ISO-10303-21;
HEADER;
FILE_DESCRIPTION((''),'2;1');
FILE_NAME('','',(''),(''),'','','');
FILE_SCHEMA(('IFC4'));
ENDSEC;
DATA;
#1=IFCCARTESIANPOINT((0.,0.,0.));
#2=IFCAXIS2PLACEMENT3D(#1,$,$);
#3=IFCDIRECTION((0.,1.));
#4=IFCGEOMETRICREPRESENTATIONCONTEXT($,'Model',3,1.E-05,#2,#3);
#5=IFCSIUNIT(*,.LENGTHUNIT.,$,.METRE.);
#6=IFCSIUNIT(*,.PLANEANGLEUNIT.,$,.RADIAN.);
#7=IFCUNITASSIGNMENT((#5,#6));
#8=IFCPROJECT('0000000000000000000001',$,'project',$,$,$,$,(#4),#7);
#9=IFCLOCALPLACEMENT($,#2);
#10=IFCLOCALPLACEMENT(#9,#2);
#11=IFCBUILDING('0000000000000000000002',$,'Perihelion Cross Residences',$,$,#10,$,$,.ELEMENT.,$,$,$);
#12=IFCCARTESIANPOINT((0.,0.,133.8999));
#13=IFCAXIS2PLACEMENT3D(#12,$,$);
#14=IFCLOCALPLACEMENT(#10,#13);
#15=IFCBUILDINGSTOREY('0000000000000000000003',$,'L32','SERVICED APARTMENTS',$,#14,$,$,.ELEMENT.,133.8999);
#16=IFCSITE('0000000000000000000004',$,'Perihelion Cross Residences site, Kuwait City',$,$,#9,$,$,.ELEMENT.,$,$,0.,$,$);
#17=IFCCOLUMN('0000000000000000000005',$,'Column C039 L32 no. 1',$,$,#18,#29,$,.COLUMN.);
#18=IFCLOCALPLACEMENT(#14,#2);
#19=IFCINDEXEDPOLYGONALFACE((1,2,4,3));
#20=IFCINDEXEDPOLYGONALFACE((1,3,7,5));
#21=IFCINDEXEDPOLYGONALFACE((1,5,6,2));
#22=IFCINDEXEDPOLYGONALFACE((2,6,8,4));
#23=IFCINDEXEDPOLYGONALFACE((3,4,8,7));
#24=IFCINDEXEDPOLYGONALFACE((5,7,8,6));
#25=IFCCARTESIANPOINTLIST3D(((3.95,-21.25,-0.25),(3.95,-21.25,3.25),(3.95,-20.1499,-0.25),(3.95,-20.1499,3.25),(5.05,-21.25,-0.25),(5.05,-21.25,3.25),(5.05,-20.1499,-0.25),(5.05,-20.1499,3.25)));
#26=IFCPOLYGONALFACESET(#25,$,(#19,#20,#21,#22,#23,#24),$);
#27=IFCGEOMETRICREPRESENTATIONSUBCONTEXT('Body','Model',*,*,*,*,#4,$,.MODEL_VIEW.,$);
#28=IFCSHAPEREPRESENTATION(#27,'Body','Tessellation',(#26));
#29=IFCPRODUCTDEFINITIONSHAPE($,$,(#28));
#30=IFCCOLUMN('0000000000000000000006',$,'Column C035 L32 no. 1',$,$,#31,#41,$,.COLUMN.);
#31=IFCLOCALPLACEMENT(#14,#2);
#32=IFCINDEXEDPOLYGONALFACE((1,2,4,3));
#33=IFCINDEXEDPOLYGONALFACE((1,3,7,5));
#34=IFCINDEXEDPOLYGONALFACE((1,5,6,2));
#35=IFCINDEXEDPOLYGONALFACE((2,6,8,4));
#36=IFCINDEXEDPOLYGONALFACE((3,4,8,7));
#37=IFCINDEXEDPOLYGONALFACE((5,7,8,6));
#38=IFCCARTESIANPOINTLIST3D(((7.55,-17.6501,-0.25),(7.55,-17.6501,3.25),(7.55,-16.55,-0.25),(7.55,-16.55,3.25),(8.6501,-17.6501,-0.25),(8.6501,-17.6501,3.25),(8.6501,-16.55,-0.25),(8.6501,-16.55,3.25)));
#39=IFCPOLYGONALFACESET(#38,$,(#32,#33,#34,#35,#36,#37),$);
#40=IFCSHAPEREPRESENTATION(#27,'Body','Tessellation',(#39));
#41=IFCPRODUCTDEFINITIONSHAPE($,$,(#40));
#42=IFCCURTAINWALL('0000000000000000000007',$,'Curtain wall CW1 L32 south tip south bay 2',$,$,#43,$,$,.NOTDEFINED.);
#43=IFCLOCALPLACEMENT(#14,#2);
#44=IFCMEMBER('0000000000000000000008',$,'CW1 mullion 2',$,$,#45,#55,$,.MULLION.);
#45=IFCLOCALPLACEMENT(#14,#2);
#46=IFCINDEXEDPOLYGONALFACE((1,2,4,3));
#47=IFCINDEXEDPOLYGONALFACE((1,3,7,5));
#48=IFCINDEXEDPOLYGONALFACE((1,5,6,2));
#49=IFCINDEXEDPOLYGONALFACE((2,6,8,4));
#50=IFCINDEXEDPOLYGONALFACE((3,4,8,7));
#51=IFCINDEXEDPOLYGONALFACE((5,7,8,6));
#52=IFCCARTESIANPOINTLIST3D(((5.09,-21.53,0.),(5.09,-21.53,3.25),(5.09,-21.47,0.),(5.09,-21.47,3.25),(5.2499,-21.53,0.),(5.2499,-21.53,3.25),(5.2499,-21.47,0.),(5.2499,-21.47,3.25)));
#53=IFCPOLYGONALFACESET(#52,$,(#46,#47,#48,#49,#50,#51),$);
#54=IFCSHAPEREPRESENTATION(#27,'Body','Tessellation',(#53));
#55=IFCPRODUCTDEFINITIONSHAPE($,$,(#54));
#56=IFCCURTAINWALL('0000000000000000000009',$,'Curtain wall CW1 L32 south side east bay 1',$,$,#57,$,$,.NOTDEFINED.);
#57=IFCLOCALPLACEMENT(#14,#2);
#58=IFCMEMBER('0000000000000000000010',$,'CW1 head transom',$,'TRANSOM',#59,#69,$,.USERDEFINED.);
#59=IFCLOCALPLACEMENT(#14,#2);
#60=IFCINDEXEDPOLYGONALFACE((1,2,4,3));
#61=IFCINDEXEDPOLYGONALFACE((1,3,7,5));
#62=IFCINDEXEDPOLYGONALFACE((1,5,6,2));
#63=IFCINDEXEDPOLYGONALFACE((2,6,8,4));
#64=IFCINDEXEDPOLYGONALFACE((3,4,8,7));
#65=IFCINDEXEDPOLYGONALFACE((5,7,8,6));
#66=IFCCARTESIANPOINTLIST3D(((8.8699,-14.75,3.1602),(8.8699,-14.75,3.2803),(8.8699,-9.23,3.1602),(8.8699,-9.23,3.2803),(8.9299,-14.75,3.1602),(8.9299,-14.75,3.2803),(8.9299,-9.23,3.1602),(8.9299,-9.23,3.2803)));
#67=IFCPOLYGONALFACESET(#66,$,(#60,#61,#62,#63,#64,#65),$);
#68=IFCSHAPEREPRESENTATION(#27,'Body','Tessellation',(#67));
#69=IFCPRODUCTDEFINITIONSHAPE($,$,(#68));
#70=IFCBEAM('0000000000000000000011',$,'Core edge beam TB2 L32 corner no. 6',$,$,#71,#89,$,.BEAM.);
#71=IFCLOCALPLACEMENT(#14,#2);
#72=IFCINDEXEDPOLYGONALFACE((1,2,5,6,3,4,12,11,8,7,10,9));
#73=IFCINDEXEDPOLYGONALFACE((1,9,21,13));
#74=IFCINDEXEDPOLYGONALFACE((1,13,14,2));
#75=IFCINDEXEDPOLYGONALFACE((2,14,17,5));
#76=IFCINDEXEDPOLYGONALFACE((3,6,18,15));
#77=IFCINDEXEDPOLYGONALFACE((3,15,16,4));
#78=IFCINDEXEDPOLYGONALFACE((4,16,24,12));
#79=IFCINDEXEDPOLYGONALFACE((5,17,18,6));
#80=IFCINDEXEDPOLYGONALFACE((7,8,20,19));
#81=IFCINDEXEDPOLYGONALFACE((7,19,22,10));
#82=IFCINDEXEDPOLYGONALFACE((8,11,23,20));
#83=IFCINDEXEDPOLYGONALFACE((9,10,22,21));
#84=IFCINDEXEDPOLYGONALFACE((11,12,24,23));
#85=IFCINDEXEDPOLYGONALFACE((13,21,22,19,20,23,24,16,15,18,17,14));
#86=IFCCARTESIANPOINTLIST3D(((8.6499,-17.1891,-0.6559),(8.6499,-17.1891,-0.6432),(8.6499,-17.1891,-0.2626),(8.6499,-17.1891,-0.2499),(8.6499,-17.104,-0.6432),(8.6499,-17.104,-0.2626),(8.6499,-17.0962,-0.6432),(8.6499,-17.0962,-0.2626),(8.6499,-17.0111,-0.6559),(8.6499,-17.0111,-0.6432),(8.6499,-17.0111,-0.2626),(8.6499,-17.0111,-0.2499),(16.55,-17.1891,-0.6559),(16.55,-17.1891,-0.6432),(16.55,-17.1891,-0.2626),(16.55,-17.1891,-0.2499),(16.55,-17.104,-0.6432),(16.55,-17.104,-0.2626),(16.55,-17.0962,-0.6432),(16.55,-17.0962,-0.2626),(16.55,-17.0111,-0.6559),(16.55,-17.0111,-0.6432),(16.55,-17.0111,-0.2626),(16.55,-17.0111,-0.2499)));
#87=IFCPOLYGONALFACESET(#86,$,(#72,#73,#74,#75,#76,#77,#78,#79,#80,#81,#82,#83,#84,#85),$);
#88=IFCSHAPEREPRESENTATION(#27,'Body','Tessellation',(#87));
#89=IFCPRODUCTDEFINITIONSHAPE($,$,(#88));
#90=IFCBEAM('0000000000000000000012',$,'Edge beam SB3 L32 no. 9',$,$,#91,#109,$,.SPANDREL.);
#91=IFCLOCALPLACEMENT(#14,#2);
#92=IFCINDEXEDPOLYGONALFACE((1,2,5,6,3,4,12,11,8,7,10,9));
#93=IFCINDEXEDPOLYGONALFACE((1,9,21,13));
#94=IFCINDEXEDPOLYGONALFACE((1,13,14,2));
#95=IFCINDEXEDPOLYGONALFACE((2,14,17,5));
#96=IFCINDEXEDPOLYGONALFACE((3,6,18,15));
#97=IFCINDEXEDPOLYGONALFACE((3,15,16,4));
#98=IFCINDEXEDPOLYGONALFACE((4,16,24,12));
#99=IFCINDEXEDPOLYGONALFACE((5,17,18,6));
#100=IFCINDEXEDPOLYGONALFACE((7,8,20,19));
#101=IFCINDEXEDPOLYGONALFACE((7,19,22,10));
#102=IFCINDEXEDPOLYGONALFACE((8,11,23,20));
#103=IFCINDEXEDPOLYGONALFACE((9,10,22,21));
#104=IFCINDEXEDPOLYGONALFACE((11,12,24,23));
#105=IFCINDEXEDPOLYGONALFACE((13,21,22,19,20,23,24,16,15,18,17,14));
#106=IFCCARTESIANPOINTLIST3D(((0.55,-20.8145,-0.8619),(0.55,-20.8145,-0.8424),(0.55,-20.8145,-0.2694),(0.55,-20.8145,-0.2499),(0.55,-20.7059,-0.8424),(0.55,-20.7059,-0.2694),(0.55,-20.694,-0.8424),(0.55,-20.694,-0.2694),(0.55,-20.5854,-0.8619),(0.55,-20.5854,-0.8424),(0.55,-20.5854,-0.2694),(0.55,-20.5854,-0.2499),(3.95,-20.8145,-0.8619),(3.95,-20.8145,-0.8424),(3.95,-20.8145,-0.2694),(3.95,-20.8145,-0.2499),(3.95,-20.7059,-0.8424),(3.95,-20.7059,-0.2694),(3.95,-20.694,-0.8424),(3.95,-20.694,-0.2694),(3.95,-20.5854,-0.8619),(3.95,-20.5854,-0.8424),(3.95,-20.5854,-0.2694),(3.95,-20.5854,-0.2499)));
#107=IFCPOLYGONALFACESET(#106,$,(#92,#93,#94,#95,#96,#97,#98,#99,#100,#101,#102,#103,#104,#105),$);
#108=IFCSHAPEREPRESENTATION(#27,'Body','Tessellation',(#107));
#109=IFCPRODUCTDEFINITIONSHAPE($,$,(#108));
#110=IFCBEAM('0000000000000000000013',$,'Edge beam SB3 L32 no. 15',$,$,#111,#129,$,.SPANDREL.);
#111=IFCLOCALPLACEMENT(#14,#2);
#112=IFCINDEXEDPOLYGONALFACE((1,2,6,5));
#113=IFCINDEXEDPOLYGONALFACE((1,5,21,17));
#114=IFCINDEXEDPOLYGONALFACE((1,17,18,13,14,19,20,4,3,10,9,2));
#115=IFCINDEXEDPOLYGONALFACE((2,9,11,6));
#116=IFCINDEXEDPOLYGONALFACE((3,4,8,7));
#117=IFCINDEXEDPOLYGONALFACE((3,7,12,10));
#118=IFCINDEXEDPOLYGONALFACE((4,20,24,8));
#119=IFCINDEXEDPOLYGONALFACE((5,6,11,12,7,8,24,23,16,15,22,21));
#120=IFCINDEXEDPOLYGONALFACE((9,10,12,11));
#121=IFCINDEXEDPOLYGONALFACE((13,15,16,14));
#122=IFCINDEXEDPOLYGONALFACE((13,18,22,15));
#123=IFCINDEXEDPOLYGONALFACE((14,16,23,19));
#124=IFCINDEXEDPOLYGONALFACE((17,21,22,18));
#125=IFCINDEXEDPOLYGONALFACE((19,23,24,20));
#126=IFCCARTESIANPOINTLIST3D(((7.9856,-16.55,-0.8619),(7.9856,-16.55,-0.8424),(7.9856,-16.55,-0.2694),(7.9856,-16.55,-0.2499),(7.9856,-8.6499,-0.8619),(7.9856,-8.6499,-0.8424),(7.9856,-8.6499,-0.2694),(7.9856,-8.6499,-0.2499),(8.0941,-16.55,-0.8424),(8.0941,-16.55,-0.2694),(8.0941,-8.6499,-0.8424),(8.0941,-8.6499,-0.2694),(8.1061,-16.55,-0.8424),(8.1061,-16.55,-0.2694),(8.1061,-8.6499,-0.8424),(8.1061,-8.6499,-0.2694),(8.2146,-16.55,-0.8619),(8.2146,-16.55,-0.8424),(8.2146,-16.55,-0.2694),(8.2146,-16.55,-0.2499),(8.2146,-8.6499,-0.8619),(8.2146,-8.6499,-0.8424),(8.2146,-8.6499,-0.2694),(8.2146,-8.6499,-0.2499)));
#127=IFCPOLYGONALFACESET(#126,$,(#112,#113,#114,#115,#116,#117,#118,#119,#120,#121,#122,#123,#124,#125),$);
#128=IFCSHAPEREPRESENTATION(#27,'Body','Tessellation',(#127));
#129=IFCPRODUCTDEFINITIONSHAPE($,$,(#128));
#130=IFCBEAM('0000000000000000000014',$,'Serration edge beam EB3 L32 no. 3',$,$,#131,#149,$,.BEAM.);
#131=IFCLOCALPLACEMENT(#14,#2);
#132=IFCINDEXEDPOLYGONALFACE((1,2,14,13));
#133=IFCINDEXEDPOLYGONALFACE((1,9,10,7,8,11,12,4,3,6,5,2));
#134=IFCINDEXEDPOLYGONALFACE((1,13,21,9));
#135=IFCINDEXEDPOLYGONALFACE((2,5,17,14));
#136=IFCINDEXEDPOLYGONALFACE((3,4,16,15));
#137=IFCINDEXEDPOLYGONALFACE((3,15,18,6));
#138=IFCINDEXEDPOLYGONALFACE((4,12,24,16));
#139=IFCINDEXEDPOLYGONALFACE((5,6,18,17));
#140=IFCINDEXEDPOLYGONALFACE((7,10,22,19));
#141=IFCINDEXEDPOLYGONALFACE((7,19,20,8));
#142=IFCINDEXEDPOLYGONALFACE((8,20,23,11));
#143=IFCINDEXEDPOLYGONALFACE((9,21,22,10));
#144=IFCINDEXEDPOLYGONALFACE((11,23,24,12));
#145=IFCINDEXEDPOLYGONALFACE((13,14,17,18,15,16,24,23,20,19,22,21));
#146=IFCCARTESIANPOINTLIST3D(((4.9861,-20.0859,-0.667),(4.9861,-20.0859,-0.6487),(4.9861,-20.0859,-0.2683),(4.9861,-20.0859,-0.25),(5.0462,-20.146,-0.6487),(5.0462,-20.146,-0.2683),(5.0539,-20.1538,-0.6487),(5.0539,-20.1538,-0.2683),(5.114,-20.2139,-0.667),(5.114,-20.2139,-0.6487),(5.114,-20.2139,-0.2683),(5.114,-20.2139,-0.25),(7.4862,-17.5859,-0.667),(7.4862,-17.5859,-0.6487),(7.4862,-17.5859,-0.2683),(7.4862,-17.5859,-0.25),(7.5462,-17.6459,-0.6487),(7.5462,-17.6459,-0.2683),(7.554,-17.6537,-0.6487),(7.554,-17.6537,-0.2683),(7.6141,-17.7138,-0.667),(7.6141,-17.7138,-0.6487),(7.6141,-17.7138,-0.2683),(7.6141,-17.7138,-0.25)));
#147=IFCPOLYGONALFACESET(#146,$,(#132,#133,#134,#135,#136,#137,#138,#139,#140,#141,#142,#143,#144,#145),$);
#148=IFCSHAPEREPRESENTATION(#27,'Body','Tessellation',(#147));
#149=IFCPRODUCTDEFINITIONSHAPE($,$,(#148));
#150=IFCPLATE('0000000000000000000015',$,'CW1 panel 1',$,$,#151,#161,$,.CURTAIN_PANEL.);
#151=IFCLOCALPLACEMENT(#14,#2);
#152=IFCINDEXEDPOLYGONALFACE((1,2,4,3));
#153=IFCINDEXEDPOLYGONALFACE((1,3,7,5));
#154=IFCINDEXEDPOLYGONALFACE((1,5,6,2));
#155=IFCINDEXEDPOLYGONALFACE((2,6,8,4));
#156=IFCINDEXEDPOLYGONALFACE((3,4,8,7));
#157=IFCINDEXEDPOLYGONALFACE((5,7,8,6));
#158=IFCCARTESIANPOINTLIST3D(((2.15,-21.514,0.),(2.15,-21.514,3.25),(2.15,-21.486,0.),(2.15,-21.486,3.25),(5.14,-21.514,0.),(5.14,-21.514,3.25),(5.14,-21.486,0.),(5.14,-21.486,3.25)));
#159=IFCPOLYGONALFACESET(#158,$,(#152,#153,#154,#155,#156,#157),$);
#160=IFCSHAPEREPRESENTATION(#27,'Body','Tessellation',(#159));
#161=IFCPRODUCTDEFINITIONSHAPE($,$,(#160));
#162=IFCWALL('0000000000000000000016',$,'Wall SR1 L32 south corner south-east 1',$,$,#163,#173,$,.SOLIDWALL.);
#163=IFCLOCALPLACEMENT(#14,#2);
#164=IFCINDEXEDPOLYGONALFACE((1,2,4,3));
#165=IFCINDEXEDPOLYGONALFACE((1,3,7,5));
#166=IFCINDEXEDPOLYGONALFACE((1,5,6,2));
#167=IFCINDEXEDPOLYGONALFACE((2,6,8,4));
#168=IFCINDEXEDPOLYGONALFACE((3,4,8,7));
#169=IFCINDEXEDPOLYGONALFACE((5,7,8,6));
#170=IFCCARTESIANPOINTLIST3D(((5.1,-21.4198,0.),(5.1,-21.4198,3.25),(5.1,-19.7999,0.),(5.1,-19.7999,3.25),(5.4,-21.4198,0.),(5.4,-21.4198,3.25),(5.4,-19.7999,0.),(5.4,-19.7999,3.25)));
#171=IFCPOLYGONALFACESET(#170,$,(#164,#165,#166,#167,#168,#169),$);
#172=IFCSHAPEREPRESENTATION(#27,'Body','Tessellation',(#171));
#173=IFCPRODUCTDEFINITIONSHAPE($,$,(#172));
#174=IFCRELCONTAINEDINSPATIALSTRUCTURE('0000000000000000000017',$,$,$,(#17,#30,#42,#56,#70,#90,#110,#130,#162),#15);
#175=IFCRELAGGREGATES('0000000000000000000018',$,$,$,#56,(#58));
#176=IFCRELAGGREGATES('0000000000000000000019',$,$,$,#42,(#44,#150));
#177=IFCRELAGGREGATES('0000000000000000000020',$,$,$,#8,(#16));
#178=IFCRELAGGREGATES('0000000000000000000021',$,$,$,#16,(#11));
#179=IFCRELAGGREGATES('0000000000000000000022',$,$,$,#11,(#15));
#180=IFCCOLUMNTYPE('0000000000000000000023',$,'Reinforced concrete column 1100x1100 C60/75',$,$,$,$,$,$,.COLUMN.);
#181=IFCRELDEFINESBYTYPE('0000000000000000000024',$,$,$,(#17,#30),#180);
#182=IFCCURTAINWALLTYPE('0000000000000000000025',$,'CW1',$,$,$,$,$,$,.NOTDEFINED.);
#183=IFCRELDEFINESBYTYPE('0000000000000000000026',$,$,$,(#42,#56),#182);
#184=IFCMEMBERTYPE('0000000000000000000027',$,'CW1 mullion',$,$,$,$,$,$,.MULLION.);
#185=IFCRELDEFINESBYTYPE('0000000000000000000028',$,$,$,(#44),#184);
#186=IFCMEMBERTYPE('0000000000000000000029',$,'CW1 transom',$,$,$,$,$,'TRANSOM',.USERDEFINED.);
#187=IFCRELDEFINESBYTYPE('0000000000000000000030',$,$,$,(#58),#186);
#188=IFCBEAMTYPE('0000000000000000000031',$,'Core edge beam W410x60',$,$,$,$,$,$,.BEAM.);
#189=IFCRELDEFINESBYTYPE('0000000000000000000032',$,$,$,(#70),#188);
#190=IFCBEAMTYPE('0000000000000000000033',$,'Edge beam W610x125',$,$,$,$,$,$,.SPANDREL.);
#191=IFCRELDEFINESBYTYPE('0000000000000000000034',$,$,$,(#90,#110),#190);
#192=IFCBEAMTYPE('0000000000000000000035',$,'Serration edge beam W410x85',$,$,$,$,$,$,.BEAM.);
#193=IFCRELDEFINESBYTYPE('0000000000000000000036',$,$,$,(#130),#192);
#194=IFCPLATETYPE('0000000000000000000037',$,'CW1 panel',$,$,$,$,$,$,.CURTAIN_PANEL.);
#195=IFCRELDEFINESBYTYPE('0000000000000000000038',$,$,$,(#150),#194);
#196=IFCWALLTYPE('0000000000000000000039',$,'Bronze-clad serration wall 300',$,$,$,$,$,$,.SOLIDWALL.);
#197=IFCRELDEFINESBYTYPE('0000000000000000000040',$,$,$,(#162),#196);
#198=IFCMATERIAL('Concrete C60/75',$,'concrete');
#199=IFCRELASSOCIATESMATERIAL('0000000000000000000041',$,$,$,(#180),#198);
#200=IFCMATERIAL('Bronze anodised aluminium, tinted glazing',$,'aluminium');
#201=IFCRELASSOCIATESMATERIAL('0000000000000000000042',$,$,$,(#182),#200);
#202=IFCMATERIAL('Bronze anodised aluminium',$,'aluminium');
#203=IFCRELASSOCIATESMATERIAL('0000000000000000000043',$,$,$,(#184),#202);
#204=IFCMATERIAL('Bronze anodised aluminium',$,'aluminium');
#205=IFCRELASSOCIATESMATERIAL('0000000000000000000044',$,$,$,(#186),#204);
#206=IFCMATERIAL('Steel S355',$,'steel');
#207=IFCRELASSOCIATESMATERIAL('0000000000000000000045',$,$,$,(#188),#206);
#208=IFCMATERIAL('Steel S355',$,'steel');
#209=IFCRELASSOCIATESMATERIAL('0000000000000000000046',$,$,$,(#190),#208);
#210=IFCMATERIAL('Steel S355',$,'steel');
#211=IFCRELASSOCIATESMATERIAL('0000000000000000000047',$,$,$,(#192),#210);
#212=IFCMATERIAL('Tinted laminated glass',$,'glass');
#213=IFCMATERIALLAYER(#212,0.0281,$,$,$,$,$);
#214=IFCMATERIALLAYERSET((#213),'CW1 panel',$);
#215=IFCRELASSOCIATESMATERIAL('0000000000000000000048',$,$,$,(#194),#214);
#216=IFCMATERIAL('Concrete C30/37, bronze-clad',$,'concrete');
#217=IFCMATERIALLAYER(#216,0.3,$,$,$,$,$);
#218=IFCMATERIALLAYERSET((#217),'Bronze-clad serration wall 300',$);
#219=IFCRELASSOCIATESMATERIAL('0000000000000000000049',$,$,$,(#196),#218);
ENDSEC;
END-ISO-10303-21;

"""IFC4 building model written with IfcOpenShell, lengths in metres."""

from ifc_helpers import new_model, si_unit, direction, frame, frame_2d, origin, origin_2d, place, context, subcontext, project, spatial, rectangle, i_section, extrude, material, layer, layer_set, material_profile, profile_set, type_object, element, aggregate, save


model = new_model("IFC4")

# Units and contexts
model_context = context("Model", 3, precision=1e-05, world=origin(), true_north=direction((0.0, 1.0)))
body_context = subcontext(model_context, "Body", "Model", "MODEL_VIEW")
ifc_project = project(units=[si_unit("LENGTHUNIT", "METRE"), si_unit("PLANEANGLEUNIT", "RADIAN")], contexts=[model_context])

# Site, building, storey
site_placement = place(None, origin())
site = spatial("IfcSite", under=ifc_project, at=site_placement, Name="Perihelion Cross Residences site, Kuwait City", CompositionType="ELEMENT", RefElevation=0.0)
building_placement = place(site_placement, origin())
building = spatial("IfcBuilding", under=site, at=building_placement, Name="Perihelion Cross Residences", CompositionType="ELEMENT")
storey_placement = place(building_placement, frame((0.0, 0.0, 133.8999)))
storey = spatial("IfcBuildingStorey", under=building, at=storey_placement, Name="L32", Description="SERVICED APARTMENTS", CompositionType="ELEMENT", Elevation=133.8999)

# Columns
ifc_material_1 = material(Name="Concrete C60/75", Category="concrete")
ifc_material_profile_1 = material_profile(ifc_material_1, rectangle(XDim=1.1001, YDim=1.1001, at=origin_2d()), Name="RC 1100x1100")
ifc_profile_set_1 = profile_set([ifc_material_profile_1], Name="Concrete C60/75")
column_type = type_object("IfcColumnType", Name="Reinforced concrete column 1100x1100 C60/75", PredefinedType="COLUMN", material=ifc_profile_set_1)
for number, where, z_axis, x_axis, name in (
    (1, (4.5, -20.7, -0.25), (0.0, 0.0, 1.0), (1.0, 0.0, 0.0), "Column C039 L32 no. 1"),
    (2, (8.1001, -17.1001, -0.25), (0.0, 0.0, 1.0), (1.0, 0.0, 0.0), "Column C035 L32 no. 1"),
):
    element("IfcColumn", number, at=place(storey_placement, frame(where, z_axis=z_axis, x_axis=x_axis)), inside=storey, type_object=column_type, Name=name, PredefinedType="COLUMN", context=body_context, shape_type="SweptSolid", body=[
        extrude(rectangle(XDim=1.1001, YDim=1.1001, at=origin_2d()), origin(), (0.0, 0.0, 1.0), 3.5),
    ])

# Curtain walls, members
ifc_material_2 = material(Name="Bronze anodised aluminium, tinted glazing", Category="aluminium")
curtain_wall_type = type_object("IfcCurtainWallType", Name="CW1", PredefinedType="NOTDEFINED", material=ifc_material_2)
curtain_wall_1_placement = place(storey_placement, origin())
curtain_wall_1 = element("IfcCurtainWall", 3, at=curtain_wall_1_placement, inside=storey, type_object=curtain_wall_type, Name="Curtain wall CW1 L32 south tip south bay 2", PredefinedType="NOTDEFINED")
ifc_material_3 = material(Name="Bronze anodised aluminium", Category="aluminium")
ifc_material_profile_2 = material_profile(ifc_material_3, rectangle(XDim=0.0601, YDim=0.1599, at=origin_2d()), Name="CW1 mullion")
ifc_profile_set_2 = profile_set([ifc_material_profile_2], Name="Bronze anodised aluminium")
member_type_1 = type_object("IfcMemberType", Name="CW1 mullion", PredefinedType="MULLION", material=ifc_profile_set_2)
member_1_placement = place(storey_placement, frame((5.1699, -21.5, 0.0), z_axis=(0.0, 0.0, 1.0), x_axis=(0.0, 1.0, 0.0)))
member_1 = element("IfcMember", 4, at=member_1_placement, type_object=member_type_1, Name="CW1 mullion 2", PredefinedType="MULLION", context=body_context, shape_type="SweptSolid", body=[
    extrude(rectangle(XDim=0.0601, YDim=0.1599, at=origin_2d()), origin(), (0.0, 0.0, 1.0), 3.25),
])
curtain_wall_2_placement = place(storey_placement, origin())
curtain_wall_2 = element("IfcCurtainWall", 5, at=curtain_wall_2_placement, inside=storey, type_object=curtain_wall_type, Name="Curtain wall CW1 L32 south side east bay 1", PredefinedType="NOTDEFINED")
ifc_material_4 = material(Name="Bronze anodised aluminium", Category="aluminium")
ifc_material_profile_3 = material_profile(ifc_material_4, rectangle(XDim=0.0601, YDim=0.1201, at=origin_2d()), Name="CW1 transom")
ifc_profile_set_3 = profile_set([ifc_material_profile_3], Name="Bronze anodised aluminium")
member_type_2 = type_object("IfcMemberType", Name="CW1 transom", ElementType="TRANSOM", PredefinedType="USERDEFINED", material=ifc_profile_set_3)
member_2_placement = place(storey_placement, frame((8.8999, -14.75, 3.2202), z_axis=(0.0, 1.0, 0.0), x_axis=(-1.0, 0.0, 0.0)))
member_2 = element("IfcMember", 6, at=member_2_placement, type_object=member_type_2, Name="CW1 head transom", ObjectType="TRANSOM", PredefinedType="USERDEFINED", context=body_context, shape_type="SweptSolid", body=[
    extrude(rectangle(XDim=0.0601, YDim=0.1201, at=origin_2d()), origin(), (0.0, 0.0, 1.0), 5.52),
])
aggregate(curtain_wall_2, [member_2])

# Beams
ifc_material_5 = material(Name="Steel S355", Category="steel")
ifc_material_profile_4 = material_profile(ifc_material_5, i_section(OverallWidth=0.178, OverallDepth=0.406, WebThickness=0.0078, FlangeThickness=0.0127, at=origin_2d()), Name="W410x60")
ifc_profile_set_4 = profile_set([ifc_material_profile_4], Name="Steel S355")
beam_type_1 = type_object("IfcBeamType", Name="Core edge beam W410x60", PredefinedType="BEAM", material=ifc_profile_set_4)
beam_1_placement = place(storey_placement, frame((8.6499, -17.1001, -0.4529), z_axis=(1.0, 0.0, 0.0), x_axis=(0.0, 1.0, 0.0)))
element("IfcBeam", 7, at=beam_1_placement, inside=storey, type_object=beam_type_1, Name="Core edge beam TB2 L32 corner no. 6", PredefinedType="BEAM", context=body_context, shape_type="SweptSolid", body=[
    extrude(i_section(OverallWidth=0.178, OverallDepth=0.406, WebThickness=0.0078, FlangeThickness=0.0127, at=origin_2d()), origin(), (0.0, 0.0, 1.0), 7.9001),
])
ifc_material_6 = material(Name="Steel S355", Category="steel")
ifc_material_profile_5 = material_profile(ifc_material_6, i_section(OverallWidth=0.229, OverallDepth=0.6121, WebThickness=0.012, FlangeThickness=0.0195, at=origin_2d()), Name="W610x125")
ifc_profile_set_5 = profile_set([ifc_material_profile_5], Name="Steel S355")
beam_type_2 = type_object("IfcBeamType", Name="Edge beam W610x125", PredefinedType="SPANDREL", material=ifc_profile_set_5)
beam_2_placement = place(storey_placement, frame((0.55, -20.7, -0.5559), z_axis=(1.0, 0.0, 0.0), x_axis=(0.0, 1.0, 0.0)))
element("IfcBeam", 8, at=beam_2_placement, inside=storey, type_object=beam_type_2, Name="Edge beam SB3 L32 no. 9", PredefinedType="SPANDREL", context=body_context, shape_type="SweptSolid", body=[
    extrude(i_section(OverallWidth=0.229, OverallDepth=0.6121, WebThickness=0.012, FlangeThickness=0.0195, at=origin_2d()), origin(), (0.0, 0.0, 1.0), 3.3999),
])
beam_3_placement = place(storey_placement, frame((8.1001, -16.55, -0.5559), z_axis=(0.0, 1.0, 0.0), x_axis=(-1.0, 0.0, 0.0)))
element("IfcBeam", 9, at=beam_3_placement, inside=storey, type_object=beam_type_2, Name="Edge beam SB3 L32 no. 15", PredefinedType="SPANDREL", context=body_context, shape_type="SweptSolid", body=[
    extrude(i_section(OverallWidth=0.229, OverallDepth=0.6121, WebThickness=0.012, FlangeThickness=0.0195, at=origin_2d()), origin(), (0.0, 0.0, 1.0), 7.9001),
])
ifc_material_7 = material(Name="Steel S355", Category="steel")
ifc_material_profile_6 = material_profile(ifc_material_7, i_section(OverallWidth=0.1809, OverallDepth=0.417, WebThickness=0.011, FlangeThickness=0.0183, at=origin_2d()), Name="W410x85")
ifc_profile_set_6 = profile_set([ifc_material_profile_6], Name="Steel S355")
beam_type_3 = type_object("IfcBeamType", Name="Serration edge beam W410x85", PredefinedType="BEAM", material=ifc_profile_set_6)
beam_4_placement = place(storey_placement, frame((5.05, -20.1499, -0.4585), z_axis=(0.707107, 0.707107, 0.0), x_axis=(-0.707107, 0.707107, 0.0)))
element("IfcBeam", 10, at=beam_4_placement, inside=storey, type_object=beam_type_3, Name="Serration edge beam EB3 L32 no. 3", PredefinedType="BEAM", context=body_context, shape_type="SweptSolid", body=[
    extrude(i_section(OverallWidth=0.1809, OverallDepth=0.417, WebThickness=0.011, FlangeThickness=0.0183, at=origin_2d()), origin(), (0.0, 0.0, 1.0), 3.5356),
])

# Plate
ifc_material_8 = material(Name="Tinted laminated glass", Category="glass")
ifc_layer_1 = layer(ifc_material_8, 0.0281)
ifc_layer_set_1 = layer_set([ifc_layer_1], Name="CW1 panel")
plate_type = type_object("IfcPlateType", Name="CW1 panel", PredefinedType="CURTAIN_PANEL", material=ifc_layer_set_1)
plate_placement = place(storey_placement, frame((3.645, -21.5, 0.0), z_axis=(0.0, 0.0, 1.0), x_axis=(1.0, 0.0, 0.0)))
plate = element("IfcPlate", 11, at=plate_placement, type_object=plate_type, Name="CW1 panel 1", PredefinedType="CURTAIN_PANEL", context=body_context, shape_type="SweptSolid", body=[
    extrude(rectangle(XDim=2.99, YDim=0.0281, at=origin_2d()), origin(), (0.0, 0.0, 1.0), 3.25),
])
aggregate(curtain_wall_1, [member_1, plate])

# Wall
ifc_material_9 = material(Name="Concrete C30/37, bronze-clad", Category="concrete")
ifc_layer_2 = layer(ifc_material_9, 0.3)
ifc_layer_set_2 = layer_set([ifc_layer_2], Name="Bronze-clad serration wall 300")
wall_type_1 = type_object("IfcWallType", Name="Bronze-clad serration wall 300", PredefinedType="SOLIDWALL", material=ifc_layer_set_2)
wall_1_placement = place(storey_placement, frame((5.25, -21.4199, 0.0), z_axis=(0.0, 0.0, 1.0), x_axis=(0.0, 1.0, 0.0)))
element("IfcWall", 12, at=wall_1_placement, inside=storey, type_object=wall_type_1, Name="Wall SR1 L32 south corner south-east 1", PredefinedType="SOLIDWALL", context=body_context, shape_type="SweptSolid", body=[
    extrude(rectangle(XDim=1.6199, YDim=0.3, at=frame_2d((0.8101, 0.0))), origin(), (0.0, 0.0, 1.0), 3.25),
])

save(model, "model.ifc")
